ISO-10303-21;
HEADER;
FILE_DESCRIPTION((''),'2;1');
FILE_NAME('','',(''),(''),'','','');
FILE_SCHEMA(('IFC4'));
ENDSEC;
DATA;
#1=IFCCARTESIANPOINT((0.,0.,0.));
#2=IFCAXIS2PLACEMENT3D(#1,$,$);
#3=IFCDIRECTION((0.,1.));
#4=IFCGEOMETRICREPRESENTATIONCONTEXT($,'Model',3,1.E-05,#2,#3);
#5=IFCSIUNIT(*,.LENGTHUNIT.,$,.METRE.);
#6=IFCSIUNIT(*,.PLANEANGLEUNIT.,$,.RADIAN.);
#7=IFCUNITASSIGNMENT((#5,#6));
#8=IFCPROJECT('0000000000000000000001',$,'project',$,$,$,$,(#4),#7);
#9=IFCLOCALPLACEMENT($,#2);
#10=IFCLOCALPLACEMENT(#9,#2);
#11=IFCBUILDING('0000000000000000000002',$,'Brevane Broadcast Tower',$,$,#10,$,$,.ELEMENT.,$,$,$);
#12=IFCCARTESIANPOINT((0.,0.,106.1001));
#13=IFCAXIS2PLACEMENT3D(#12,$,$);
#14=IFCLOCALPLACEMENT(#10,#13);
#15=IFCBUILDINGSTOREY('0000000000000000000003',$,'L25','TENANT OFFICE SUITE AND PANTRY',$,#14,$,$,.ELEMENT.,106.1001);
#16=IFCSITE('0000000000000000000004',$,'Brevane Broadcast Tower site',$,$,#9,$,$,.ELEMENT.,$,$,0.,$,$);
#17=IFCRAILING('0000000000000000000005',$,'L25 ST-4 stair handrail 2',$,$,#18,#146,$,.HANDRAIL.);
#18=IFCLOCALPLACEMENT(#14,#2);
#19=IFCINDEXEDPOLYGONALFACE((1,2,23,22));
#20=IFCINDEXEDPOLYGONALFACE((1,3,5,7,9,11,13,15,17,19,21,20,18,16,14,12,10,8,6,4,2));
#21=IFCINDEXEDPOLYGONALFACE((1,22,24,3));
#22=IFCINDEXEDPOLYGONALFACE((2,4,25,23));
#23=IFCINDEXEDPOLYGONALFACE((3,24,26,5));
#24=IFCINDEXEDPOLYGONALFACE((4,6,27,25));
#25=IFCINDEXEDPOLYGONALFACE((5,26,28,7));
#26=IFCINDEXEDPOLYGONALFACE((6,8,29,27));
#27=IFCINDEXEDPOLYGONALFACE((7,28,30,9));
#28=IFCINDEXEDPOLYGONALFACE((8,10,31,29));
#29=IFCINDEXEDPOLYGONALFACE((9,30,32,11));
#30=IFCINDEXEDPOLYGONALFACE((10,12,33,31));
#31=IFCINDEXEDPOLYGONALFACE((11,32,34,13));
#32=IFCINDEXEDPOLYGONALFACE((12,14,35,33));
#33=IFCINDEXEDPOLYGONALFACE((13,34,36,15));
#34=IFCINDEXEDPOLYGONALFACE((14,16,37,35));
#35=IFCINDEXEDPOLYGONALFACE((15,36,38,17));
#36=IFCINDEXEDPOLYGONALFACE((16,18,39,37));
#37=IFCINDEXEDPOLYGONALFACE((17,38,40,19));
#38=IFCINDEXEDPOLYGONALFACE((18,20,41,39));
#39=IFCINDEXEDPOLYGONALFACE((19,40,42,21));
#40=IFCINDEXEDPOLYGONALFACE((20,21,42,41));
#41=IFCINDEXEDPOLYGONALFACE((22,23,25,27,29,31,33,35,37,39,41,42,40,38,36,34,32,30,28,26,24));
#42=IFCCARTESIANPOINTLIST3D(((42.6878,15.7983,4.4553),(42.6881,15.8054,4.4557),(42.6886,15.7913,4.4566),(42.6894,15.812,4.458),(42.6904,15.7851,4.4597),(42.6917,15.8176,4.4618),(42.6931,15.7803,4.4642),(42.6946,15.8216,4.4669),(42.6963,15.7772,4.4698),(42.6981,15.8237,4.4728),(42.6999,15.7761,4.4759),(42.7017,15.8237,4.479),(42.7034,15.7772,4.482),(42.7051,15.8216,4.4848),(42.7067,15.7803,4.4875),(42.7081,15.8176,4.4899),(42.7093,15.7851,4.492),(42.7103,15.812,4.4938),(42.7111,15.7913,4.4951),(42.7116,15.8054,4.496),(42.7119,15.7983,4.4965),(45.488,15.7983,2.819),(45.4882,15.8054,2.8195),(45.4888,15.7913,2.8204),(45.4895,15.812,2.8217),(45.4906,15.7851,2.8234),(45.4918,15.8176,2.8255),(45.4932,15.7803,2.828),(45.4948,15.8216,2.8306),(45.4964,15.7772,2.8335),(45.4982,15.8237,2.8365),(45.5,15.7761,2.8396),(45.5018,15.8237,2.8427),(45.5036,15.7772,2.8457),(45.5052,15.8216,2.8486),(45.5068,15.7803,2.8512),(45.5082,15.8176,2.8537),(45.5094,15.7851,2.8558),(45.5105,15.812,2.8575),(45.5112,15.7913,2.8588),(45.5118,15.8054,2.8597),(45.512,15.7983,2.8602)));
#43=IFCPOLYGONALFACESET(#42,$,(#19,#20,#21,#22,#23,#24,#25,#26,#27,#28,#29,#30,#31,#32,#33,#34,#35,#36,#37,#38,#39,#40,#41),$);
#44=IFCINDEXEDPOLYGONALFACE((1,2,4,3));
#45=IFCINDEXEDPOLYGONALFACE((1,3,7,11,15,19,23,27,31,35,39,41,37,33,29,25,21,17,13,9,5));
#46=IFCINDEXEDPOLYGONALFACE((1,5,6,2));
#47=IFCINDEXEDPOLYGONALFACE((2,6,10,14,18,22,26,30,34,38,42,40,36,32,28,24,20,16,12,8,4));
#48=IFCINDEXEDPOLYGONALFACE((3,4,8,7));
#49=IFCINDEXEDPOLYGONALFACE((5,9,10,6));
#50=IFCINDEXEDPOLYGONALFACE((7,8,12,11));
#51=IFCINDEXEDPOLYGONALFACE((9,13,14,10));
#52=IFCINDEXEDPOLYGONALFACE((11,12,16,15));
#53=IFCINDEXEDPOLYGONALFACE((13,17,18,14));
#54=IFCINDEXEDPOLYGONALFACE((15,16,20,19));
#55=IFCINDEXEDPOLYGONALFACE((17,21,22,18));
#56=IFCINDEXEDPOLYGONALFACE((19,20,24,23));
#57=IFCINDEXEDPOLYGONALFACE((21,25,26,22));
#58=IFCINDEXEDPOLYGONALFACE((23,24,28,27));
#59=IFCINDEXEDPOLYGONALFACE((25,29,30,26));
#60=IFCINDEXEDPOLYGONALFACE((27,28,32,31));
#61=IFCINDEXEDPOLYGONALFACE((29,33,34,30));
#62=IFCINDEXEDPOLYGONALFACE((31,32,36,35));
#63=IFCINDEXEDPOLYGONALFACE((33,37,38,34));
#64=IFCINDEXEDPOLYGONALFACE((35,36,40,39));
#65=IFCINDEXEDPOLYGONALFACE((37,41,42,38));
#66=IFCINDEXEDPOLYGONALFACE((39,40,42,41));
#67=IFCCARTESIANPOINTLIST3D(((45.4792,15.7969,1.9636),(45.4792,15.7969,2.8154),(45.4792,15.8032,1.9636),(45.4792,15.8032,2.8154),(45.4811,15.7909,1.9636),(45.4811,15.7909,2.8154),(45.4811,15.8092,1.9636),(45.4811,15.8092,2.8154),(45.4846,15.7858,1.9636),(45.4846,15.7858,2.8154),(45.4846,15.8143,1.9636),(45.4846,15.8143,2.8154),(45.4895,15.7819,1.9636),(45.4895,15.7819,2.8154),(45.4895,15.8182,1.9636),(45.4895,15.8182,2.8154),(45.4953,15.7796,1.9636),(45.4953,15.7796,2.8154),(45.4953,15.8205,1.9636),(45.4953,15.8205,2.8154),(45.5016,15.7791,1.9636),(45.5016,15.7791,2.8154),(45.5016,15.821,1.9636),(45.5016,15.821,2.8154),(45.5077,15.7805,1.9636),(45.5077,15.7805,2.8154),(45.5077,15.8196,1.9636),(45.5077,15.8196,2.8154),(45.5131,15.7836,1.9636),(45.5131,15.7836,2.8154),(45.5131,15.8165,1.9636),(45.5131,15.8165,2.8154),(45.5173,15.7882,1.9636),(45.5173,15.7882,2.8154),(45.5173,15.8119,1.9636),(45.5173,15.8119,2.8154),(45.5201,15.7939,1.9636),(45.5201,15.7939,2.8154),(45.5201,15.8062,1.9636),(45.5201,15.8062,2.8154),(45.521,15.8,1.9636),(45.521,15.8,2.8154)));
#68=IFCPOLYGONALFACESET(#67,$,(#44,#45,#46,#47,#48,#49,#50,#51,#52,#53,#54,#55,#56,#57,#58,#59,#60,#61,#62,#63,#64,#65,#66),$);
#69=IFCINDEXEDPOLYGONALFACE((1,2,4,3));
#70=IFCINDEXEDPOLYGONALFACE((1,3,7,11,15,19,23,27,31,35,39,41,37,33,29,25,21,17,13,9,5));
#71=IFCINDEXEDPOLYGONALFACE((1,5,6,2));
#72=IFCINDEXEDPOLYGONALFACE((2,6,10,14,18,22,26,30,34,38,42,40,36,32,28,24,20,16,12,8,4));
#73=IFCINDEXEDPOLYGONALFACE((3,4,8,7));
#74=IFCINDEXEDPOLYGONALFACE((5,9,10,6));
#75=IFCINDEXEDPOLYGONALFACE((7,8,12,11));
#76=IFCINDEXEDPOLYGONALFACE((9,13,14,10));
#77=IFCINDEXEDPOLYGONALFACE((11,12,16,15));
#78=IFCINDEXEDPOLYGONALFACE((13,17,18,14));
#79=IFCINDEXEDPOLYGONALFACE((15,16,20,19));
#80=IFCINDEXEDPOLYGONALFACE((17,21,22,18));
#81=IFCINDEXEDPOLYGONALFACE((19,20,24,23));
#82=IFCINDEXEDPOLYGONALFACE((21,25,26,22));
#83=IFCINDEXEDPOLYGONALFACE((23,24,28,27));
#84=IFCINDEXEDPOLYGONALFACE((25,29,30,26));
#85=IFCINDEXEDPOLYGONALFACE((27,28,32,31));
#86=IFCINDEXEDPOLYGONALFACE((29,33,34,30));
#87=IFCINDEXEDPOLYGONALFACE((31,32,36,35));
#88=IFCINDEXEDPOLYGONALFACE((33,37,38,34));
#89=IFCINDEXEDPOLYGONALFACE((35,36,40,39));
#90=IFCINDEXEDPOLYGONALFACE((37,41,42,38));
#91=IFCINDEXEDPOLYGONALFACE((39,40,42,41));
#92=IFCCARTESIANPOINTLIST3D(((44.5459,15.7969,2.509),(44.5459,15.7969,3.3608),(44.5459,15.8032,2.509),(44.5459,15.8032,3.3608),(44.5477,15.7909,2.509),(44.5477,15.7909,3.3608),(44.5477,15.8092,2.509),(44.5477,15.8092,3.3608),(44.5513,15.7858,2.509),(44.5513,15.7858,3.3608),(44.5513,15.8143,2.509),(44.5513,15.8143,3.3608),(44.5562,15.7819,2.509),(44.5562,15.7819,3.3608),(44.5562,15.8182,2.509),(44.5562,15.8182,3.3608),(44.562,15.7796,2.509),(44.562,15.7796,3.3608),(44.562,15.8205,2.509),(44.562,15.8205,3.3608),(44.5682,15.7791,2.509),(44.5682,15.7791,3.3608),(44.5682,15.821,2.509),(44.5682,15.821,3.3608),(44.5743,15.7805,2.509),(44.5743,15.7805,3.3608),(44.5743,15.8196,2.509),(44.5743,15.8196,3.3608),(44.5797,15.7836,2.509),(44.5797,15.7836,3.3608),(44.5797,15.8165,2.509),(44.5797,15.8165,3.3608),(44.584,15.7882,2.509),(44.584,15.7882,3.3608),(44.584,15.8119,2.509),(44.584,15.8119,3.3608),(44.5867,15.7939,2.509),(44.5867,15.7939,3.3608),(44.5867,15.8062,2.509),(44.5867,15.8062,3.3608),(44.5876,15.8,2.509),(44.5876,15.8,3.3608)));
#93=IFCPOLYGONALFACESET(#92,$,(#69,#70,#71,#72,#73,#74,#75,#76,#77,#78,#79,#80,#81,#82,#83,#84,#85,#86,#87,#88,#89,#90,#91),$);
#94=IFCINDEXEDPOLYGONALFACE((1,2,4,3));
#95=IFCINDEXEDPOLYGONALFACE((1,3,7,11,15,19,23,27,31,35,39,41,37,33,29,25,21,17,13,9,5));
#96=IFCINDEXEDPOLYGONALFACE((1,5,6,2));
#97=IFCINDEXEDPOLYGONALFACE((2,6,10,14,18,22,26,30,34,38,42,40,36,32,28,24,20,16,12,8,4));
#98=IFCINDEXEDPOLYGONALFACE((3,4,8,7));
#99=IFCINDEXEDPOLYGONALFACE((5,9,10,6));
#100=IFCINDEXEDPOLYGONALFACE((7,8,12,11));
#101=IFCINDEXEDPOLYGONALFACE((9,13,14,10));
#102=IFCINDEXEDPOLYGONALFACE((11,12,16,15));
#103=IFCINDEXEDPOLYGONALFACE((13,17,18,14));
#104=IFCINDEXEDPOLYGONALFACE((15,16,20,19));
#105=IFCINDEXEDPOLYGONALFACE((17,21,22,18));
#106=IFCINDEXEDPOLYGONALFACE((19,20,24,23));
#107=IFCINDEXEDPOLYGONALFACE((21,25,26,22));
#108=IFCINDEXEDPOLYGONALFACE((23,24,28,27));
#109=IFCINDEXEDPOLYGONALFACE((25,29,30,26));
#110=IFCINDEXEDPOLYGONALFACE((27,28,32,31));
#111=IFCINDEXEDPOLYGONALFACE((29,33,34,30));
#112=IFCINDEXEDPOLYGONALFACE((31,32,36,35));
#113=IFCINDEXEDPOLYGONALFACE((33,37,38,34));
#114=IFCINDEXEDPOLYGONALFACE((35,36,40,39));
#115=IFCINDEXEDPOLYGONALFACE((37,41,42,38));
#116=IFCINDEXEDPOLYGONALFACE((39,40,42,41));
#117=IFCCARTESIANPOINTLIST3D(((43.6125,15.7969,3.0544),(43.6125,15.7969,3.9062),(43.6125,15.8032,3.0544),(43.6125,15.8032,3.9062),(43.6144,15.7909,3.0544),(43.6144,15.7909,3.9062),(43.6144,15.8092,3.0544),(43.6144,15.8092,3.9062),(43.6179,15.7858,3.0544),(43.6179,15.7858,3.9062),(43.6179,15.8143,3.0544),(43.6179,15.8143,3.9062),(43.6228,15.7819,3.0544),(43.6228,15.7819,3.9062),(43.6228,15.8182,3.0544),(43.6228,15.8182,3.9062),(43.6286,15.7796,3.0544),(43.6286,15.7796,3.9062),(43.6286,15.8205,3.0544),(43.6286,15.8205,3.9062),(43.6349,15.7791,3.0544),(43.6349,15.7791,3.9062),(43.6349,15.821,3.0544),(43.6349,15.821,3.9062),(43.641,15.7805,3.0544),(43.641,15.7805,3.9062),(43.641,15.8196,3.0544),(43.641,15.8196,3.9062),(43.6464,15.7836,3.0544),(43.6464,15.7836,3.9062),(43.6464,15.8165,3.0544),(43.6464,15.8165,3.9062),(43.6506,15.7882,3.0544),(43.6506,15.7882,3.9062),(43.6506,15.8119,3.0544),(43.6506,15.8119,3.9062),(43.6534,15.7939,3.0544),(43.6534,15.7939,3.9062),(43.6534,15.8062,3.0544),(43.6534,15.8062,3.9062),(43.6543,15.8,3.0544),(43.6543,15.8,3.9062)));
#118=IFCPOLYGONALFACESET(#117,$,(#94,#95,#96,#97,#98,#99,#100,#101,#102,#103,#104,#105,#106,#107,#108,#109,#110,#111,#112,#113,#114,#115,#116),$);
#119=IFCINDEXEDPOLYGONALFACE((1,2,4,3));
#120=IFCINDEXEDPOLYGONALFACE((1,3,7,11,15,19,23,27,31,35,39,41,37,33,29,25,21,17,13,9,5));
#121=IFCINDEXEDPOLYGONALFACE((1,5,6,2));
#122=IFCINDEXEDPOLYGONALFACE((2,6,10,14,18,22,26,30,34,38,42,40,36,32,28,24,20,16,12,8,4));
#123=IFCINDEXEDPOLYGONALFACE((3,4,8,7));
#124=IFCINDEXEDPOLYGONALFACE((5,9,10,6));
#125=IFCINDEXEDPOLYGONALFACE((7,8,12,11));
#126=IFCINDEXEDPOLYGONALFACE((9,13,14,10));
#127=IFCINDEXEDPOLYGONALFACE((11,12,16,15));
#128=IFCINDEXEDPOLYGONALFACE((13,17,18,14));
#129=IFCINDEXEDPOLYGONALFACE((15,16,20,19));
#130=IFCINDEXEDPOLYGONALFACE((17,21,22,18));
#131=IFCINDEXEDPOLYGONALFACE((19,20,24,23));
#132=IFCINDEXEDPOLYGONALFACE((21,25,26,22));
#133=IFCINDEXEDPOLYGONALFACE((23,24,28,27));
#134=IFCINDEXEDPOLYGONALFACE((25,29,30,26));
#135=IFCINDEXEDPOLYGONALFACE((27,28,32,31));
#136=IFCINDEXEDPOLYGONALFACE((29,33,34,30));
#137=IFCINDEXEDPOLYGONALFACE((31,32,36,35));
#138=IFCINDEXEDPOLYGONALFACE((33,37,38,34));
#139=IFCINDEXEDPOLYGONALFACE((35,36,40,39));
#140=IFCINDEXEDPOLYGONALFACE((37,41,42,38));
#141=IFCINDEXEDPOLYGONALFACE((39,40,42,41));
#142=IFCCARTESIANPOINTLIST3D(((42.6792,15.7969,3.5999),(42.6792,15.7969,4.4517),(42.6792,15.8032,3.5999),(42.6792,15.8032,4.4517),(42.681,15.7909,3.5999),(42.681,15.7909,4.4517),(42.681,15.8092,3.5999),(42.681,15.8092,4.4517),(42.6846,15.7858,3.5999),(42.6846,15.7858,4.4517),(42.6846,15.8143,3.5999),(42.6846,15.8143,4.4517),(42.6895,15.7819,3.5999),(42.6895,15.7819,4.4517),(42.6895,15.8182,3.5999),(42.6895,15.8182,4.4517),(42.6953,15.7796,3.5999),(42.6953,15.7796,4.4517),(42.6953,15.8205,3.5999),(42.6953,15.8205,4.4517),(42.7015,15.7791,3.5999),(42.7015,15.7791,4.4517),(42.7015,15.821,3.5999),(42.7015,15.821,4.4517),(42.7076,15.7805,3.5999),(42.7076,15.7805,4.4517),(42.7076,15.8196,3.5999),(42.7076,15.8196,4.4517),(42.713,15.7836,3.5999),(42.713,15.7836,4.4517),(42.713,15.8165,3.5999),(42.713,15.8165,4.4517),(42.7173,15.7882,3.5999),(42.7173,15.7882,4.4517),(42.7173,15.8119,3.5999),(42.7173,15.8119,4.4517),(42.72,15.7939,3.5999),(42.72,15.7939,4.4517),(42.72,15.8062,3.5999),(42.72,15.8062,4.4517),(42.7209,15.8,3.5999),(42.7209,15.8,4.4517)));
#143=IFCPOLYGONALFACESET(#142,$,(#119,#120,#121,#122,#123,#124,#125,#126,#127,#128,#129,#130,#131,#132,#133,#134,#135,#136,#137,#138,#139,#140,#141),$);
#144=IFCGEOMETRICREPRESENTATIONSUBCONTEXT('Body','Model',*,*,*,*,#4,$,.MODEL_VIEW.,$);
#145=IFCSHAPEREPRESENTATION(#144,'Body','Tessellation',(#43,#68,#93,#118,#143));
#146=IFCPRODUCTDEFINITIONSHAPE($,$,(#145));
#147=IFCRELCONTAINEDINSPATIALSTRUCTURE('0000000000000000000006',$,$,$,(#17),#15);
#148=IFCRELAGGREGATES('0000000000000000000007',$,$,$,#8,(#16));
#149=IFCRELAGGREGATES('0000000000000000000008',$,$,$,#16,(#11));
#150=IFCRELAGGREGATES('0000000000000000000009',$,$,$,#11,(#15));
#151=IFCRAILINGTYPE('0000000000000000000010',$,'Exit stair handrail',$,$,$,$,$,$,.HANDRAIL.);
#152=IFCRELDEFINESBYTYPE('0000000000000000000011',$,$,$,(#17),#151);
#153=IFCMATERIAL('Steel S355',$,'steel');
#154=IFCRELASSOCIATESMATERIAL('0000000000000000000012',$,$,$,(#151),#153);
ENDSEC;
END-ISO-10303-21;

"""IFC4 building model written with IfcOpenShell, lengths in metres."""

from ifc_helpers import new_model, si_unit, direction, frame, origin, origin_2d, place, context, subcontext, project, spatial, circle, extrude, material, type_object, element, save


model = new_model("IFC4")

# Units and contexts
model_context = context("Model", 3, precision=1e-05, world=origin(), true_north=direction((0.0, 1.0)))
body_context = subcontext(model_context, "Body", "Model", "MODEL_VIEW")
ifc_project = project(units=[si_unit("LENGTHUNIT", "METRE"), si_unit("PLANEANGLEUNIT", "RADIAN")], contexts=[model_context])

# Site, building, storey
site_placement = place(None, origin())
site = spatial("IfcSite", under=ifc_project, at=site_placement, Name="Brevane Broadcast Tower site", CompositionType="ELEMENT", RefElevation=0.0)
building_placement = place(site_placement, origin())
building = spatial("IfcBuilding", under=site, at=building_placement, Name="Brevane Broadcast Tower", CompositionType="ELEMENT")
storey_placement = place(building_placement, frame((0.0, 0.0, 106.1001)))
storey = spatial("IfcBuildingStorey", under=building, at=storey_placement, Name="L25", Description="TENANT OFFICE SUITE AND PANTRY", CompositionType="ELEMENT", Elevation=106.1001)

# Railing
ifc_material_1 = material(Name="Steel S355", Category="steel")
railing_type_1 = type_object("IfcRailingType", Name="Exit stair handrail", PredefinedType="HANDRAIL", material=ifc_material_1)
railing_1_placement = place(storey_placement, frame((45.5, 15.8, 1.9636)))
element("IfcRailing", 1, at=railing_1_placement, inside=storey, type_object=railing_type_1, Name="L25 ST-4 stair handrail 2", PredefinedType="HANDRAIL", context=body_context, shape_type="SweptSolid", body=[
    extrude(circle(Radius=0.0239, at=origin_2d()), frame((0.0, 0.0, 0.876), z_axis=(-0.863394, 0.0, 0.504531), x_axis=(0.0, -1.0, 0.0)), (0.0, 0.0, 1.0), 3.2432),
    extrude(circle(Radius=0.021, at=origin_2d()), origin(), (0.0, 0.0, 1.0), 0.8518),
    extrude(circle(Radius=0.021, at=origin_2d()), frame((-0.9333, 0.0, 0.5454)), (0.0, 0.0, 1.0), 0.8518),
    extrude(circle(Radius=0.021, at=origin_2d()), frame((-1.8667, 0.0, 1.0908)), (0.0, 0.0, 1.0), 0.8518),
    extrude(circle(Radius=0.021, at=origin_2d()), frame((-2.8, 0.0, 1.6362)), (0.0, 0.0, 1.0), 0.8518),
])

save(model, "model.ifc")
